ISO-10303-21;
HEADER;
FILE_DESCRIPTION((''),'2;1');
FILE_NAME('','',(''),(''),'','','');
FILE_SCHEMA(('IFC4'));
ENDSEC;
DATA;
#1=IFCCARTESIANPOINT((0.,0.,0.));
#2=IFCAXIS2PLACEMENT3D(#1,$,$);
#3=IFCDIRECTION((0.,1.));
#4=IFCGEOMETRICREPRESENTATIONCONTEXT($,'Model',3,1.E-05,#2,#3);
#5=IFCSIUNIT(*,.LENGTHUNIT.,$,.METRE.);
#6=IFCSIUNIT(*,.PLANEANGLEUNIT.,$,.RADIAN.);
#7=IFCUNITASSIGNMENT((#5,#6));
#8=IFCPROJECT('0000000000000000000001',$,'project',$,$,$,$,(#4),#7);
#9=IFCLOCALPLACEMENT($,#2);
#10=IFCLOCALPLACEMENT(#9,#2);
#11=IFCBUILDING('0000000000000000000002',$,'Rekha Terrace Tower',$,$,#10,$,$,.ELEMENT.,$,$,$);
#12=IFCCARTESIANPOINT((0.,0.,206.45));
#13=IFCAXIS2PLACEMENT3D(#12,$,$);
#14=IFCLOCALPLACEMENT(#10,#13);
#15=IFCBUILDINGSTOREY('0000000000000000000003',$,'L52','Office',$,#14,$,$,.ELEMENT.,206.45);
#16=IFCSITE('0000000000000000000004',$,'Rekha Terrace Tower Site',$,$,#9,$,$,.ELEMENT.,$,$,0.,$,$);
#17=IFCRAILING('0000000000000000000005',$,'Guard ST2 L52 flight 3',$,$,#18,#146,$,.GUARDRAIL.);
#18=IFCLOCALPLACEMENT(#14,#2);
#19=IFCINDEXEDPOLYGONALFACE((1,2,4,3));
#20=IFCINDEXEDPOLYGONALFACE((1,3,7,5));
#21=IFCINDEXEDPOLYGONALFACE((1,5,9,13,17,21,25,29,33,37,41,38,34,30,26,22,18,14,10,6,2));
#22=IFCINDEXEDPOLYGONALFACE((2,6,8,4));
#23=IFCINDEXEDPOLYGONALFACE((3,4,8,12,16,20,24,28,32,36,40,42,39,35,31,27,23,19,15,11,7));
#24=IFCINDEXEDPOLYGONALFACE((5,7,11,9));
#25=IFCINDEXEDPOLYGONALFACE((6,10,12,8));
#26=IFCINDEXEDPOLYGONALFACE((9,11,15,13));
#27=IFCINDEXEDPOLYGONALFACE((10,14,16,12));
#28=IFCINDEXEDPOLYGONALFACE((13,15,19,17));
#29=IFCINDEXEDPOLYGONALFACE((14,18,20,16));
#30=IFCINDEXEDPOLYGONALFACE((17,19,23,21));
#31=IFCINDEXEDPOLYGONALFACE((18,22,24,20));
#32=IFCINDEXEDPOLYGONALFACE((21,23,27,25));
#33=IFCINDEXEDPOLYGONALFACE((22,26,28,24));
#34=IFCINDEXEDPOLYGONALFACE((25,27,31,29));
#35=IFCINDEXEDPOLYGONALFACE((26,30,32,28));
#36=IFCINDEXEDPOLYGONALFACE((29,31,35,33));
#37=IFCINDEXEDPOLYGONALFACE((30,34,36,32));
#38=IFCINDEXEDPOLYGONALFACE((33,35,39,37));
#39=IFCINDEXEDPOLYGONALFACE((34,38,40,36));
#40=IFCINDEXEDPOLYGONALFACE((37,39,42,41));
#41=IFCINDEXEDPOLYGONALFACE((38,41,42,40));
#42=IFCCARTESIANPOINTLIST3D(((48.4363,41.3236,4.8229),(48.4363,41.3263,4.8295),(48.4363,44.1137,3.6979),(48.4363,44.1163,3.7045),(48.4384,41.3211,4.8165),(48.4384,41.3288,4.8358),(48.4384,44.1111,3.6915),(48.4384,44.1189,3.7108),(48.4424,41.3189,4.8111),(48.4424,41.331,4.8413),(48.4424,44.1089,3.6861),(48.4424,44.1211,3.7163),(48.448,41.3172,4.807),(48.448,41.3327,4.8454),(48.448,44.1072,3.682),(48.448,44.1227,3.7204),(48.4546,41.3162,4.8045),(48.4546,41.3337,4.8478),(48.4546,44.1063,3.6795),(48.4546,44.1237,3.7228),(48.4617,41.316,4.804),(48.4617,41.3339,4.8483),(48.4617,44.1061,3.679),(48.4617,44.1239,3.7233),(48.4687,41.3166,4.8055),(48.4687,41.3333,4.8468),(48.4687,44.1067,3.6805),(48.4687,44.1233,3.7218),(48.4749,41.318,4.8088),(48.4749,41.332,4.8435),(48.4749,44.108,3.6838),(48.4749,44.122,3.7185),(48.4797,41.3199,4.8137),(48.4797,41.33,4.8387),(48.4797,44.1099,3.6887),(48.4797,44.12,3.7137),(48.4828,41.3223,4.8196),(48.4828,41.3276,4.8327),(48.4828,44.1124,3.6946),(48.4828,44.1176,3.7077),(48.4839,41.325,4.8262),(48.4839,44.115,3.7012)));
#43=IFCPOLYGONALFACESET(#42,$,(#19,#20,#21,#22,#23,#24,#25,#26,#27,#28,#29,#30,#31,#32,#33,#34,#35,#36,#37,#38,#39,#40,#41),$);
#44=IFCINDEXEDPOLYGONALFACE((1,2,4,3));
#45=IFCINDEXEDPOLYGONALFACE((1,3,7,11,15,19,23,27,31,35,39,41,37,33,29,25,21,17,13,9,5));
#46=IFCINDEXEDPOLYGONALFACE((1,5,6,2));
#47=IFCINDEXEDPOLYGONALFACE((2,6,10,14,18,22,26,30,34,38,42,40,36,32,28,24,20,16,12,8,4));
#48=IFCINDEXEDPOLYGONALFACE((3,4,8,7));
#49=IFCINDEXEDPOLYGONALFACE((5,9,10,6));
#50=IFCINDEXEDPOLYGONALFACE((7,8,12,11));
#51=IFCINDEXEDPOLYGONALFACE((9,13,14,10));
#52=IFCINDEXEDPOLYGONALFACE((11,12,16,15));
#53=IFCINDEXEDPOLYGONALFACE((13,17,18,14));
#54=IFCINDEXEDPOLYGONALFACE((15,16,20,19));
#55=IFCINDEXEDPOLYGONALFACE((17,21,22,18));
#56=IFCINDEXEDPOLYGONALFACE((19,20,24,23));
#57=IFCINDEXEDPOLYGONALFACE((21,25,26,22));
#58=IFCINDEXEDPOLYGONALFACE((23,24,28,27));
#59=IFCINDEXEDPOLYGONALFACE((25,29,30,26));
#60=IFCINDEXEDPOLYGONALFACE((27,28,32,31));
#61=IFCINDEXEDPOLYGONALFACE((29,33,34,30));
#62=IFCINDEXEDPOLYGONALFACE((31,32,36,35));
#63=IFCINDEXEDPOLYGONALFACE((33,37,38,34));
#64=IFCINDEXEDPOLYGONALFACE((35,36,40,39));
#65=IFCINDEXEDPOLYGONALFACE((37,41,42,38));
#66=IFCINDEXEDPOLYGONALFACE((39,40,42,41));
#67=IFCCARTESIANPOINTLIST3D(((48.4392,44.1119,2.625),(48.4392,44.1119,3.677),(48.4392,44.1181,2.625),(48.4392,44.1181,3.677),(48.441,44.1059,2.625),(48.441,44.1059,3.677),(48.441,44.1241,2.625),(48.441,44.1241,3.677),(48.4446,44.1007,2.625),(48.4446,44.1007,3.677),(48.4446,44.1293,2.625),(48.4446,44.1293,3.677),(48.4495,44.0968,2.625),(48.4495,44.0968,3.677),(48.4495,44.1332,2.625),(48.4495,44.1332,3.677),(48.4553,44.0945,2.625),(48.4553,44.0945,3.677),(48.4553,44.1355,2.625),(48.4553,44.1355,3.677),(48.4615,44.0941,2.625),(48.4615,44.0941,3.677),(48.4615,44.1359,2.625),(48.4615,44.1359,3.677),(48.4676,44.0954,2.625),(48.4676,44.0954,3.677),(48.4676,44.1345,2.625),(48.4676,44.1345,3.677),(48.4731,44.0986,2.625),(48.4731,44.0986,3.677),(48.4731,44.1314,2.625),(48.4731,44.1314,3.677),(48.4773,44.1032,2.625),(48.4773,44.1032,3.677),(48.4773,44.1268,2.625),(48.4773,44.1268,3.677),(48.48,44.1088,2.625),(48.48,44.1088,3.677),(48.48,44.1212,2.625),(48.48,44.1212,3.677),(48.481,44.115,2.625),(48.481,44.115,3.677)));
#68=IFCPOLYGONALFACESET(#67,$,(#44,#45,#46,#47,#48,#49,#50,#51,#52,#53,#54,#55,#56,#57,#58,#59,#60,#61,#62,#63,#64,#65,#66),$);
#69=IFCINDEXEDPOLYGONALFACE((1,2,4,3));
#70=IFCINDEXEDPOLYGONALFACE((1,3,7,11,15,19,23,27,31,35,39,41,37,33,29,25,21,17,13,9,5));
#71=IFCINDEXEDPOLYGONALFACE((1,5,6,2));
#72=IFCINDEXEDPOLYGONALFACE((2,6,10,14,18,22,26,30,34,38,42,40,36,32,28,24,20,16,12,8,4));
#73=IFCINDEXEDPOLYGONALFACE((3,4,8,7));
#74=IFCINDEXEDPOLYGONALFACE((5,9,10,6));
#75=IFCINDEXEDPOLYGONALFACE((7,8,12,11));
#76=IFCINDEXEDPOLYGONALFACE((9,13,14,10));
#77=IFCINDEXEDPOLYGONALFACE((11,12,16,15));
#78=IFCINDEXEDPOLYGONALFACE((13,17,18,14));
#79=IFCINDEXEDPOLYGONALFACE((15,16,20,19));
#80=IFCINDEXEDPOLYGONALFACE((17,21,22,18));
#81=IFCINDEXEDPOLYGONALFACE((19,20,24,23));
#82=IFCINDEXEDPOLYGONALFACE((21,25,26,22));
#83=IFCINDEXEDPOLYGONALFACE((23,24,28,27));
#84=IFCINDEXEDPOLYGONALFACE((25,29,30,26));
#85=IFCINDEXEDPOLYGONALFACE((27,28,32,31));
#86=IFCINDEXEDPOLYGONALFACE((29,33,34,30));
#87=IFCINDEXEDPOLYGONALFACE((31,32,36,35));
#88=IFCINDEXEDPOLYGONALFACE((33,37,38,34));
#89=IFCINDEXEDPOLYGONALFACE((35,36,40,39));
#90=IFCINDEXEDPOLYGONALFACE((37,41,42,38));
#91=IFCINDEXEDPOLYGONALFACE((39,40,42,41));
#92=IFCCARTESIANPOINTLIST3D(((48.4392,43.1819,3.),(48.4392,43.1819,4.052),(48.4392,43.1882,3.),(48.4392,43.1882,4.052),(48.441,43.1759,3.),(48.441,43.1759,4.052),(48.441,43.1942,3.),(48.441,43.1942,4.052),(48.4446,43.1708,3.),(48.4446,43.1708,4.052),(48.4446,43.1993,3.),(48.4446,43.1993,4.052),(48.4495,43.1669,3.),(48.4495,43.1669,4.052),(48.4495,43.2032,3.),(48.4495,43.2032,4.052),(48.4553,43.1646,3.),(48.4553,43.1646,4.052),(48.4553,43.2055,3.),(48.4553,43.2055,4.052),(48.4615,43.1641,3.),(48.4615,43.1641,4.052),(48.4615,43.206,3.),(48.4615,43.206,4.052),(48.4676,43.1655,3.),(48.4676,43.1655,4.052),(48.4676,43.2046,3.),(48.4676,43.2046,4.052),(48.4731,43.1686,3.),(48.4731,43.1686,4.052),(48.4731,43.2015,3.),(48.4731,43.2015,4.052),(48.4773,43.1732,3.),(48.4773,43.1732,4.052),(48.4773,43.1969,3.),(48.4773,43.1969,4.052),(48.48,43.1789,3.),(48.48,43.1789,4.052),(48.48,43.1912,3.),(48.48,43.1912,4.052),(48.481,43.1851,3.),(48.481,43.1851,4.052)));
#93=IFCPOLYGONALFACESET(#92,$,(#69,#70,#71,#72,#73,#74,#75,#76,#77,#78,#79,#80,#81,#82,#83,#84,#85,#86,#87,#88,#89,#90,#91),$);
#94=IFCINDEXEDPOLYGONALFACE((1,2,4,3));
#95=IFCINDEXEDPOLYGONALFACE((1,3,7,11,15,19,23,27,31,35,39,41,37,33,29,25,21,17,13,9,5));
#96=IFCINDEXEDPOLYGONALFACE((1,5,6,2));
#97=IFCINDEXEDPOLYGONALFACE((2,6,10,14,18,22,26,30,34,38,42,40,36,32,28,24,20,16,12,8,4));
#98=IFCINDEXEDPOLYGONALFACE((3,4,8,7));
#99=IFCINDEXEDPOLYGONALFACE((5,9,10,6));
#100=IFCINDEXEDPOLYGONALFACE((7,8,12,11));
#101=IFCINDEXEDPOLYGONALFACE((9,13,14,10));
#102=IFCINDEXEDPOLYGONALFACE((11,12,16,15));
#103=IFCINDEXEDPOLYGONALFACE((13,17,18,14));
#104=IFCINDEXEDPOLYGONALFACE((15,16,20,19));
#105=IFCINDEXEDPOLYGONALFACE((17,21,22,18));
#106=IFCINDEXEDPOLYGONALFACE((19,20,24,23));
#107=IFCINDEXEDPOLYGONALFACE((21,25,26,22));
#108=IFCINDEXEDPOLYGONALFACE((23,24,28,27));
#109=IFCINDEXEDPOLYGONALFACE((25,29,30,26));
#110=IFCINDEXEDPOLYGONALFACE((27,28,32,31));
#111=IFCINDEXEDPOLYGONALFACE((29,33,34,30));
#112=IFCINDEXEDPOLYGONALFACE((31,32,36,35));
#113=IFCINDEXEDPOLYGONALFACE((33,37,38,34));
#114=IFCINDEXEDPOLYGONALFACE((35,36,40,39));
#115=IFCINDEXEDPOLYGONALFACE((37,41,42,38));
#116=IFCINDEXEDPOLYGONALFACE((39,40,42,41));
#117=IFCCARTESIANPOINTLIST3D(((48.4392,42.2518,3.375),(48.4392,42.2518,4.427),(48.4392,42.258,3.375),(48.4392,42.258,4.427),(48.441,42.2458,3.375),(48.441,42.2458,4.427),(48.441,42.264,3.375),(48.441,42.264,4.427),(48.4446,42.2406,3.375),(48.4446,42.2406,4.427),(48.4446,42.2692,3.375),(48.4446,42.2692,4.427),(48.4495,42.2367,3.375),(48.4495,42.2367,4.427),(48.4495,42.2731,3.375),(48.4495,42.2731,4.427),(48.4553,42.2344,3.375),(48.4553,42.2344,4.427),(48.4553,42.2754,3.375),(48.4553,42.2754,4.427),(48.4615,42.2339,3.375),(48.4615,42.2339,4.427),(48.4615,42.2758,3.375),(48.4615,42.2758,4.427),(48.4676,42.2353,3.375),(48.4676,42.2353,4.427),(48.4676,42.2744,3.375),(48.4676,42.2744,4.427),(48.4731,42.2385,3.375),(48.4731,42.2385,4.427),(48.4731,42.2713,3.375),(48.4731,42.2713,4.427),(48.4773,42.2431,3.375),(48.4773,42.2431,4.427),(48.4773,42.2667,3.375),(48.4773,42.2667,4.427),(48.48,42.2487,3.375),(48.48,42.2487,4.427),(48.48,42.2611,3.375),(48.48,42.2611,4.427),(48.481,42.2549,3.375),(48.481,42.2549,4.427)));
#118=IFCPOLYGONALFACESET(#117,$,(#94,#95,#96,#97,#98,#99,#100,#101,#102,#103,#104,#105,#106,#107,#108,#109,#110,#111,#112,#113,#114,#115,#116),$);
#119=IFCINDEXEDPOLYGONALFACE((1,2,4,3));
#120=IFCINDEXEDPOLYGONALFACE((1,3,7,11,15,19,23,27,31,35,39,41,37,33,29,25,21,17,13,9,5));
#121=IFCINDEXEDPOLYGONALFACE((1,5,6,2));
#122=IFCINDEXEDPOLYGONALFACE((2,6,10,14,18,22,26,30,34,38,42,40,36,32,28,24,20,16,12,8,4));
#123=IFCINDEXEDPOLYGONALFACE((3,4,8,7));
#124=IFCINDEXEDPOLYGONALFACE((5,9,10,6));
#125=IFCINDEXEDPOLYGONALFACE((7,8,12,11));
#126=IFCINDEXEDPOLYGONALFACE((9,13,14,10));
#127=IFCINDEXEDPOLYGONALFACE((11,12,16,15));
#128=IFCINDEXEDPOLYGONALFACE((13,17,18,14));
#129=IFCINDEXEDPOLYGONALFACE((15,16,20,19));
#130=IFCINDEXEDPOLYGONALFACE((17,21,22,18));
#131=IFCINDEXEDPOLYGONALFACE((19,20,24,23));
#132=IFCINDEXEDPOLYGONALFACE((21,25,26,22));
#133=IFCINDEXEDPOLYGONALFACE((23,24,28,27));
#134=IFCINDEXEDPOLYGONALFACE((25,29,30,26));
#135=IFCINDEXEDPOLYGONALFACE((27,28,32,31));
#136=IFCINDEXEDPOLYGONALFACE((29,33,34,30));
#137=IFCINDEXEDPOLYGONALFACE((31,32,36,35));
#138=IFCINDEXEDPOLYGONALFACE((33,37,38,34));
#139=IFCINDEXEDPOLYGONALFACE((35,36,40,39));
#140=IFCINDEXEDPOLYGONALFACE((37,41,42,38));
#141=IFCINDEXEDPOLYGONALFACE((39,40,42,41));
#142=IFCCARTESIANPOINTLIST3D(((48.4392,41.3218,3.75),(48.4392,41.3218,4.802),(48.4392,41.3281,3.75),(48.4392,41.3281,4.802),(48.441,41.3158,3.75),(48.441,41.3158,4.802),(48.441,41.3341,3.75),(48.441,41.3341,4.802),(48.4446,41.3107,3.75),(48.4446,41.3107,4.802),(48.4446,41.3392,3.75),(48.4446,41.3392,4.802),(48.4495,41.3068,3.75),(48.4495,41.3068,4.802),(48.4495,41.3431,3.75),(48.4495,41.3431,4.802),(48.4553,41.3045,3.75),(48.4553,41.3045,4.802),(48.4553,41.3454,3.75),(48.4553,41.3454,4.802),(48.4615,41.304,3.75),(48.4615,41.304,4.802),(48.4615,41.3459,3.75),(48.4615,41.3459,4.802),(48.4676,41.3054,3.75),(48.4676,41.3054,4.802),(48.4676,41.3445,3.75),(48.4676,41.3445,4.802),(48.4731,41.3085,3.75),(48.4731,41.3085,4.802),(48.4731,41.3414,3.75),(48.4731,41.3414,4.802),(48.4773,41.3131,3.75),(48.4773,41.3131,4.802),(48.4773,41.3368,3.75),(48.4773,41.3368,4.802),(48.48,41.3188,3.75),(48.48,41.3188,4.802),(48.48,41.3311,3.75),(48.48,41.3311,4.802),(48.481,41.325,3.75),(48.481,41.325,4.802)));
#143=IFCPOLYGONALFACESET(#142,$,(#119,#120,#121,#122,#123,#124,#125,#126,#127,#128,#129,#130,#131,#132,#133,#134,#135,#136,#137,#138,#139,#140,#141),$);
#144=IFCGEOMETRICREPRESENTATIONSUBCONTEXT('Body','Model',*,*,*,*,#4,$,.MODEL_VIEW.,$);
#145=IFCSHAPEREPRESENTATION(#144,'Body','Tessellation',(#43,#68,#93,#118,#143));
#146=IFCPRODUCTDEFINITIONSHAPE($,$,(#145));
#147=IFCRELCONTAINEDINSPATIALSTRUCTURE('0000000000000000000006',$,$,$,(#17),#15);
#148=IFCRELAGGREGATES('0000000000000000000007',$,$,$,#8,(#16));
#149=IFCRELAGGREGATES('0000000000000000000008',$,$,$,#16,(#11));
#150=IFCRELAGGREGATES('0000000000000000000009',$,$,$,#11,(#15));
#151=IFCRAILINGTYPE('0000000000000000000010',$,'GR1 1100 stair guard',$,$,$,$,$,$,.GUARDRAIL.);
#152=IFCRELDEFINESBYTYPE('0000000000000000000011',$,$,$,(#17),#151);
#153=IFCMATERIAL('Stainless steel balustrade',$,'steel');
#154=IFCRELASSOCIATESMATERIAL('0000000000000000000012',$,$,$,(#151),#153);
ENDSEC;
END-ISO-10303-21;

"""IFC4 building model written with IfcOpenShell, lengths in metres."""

from ifc_helpers import new_model, si_unit, direction, frame, origin, origin_2d, place, context, subcontext, project, spatial, circle, extrude, material, type_object, element, save


model = new_model("IFC4")

# Units and contexts
model_context = context("Model", 3, precision=1e-05, world=origin(), true_north=direction((0.0, 1.0)))
body_context = subcontext(model_context, "Body", "Model", "MODEL_VIEW")
ifc_project = project(units=[si_unit("LENGTHUNIT", "METRE"), si_unit("PLANEANGLEUNIT", "RADIAN")], contexts=[model_context])

# Site, building, storey
site_placement = place(None, origin())
site = spatial("IfcSite", under=ifc_project, at=site_placement, Name="Rekha Terrace Tower Site", CompositionType="ELEMENT", RefElevation=0.0)
building_placement = place(site_placement, origin())
building = spatial("IfcBuilding", under=site, at=building_placement, Name="Rekha Terrace Tower", CompositionType="ELEMENT")
storey_placement = place(building_placement, frame((0.0, 0.0, 206.45)))
storey = spatial("IfcBuildingStorey", under=building, at=storey_placement, Name="L52", Description="Office", CompositionType="ELEMENT", Elevation=206.45)

# Railing
ifc_material_1 = material(Name="Stainless steel balustrade", Category="steel")
railing_type_1 = type_object("IfcRailingType", Name="GR1 1100 stair guard", PredefinedType="GUARDRAIL", material=ifc_material_1)
railing_1_placement = place(storey_placement, frame((48.46, 44.115, 2.625)))
element("IfcRailing", 1, at=railing_1_placement, inside=storey, type_object=railing_type_1, Name="Guard ST2 L52 flight 3", PredefinedType="GUARDRAIL", context=body_context, shape_type="SweptSolid", body=[
    extrude(circle(Radius=0.0239, at=origin_2d()), frame((0.0, 0.0, 1.0762), z_axis=(0.0, -0.927443, 0.373964), x_axis=(1.0, 0.0, 0.0)), (0.0, 0.0, 1.0), 3.0083),
    extrude(circle(Radius=0.021, at=origin_2d()), origin(), (0.0, 0.0, 1.0), 1.052),
    extrude(circle(Radius=0.021, at=origin_2d()), frame((0.0, -0.9299, 0.375)), (0.0, 0.0, 1.0), 1.052),
    extrude(circle(Radius=0.021, at=origin_2d()), frame((0.0, -1.8601, 0.75)), (0.0, 0.0, 1.0), 1.052),
    extrude(circle(Radius=0.021, at=origin_2d()), frame((0.0, -2.79, 1.125)), (0.0, 0.0, 1.0), 1.052),
])

save(model, "model.ifc")
